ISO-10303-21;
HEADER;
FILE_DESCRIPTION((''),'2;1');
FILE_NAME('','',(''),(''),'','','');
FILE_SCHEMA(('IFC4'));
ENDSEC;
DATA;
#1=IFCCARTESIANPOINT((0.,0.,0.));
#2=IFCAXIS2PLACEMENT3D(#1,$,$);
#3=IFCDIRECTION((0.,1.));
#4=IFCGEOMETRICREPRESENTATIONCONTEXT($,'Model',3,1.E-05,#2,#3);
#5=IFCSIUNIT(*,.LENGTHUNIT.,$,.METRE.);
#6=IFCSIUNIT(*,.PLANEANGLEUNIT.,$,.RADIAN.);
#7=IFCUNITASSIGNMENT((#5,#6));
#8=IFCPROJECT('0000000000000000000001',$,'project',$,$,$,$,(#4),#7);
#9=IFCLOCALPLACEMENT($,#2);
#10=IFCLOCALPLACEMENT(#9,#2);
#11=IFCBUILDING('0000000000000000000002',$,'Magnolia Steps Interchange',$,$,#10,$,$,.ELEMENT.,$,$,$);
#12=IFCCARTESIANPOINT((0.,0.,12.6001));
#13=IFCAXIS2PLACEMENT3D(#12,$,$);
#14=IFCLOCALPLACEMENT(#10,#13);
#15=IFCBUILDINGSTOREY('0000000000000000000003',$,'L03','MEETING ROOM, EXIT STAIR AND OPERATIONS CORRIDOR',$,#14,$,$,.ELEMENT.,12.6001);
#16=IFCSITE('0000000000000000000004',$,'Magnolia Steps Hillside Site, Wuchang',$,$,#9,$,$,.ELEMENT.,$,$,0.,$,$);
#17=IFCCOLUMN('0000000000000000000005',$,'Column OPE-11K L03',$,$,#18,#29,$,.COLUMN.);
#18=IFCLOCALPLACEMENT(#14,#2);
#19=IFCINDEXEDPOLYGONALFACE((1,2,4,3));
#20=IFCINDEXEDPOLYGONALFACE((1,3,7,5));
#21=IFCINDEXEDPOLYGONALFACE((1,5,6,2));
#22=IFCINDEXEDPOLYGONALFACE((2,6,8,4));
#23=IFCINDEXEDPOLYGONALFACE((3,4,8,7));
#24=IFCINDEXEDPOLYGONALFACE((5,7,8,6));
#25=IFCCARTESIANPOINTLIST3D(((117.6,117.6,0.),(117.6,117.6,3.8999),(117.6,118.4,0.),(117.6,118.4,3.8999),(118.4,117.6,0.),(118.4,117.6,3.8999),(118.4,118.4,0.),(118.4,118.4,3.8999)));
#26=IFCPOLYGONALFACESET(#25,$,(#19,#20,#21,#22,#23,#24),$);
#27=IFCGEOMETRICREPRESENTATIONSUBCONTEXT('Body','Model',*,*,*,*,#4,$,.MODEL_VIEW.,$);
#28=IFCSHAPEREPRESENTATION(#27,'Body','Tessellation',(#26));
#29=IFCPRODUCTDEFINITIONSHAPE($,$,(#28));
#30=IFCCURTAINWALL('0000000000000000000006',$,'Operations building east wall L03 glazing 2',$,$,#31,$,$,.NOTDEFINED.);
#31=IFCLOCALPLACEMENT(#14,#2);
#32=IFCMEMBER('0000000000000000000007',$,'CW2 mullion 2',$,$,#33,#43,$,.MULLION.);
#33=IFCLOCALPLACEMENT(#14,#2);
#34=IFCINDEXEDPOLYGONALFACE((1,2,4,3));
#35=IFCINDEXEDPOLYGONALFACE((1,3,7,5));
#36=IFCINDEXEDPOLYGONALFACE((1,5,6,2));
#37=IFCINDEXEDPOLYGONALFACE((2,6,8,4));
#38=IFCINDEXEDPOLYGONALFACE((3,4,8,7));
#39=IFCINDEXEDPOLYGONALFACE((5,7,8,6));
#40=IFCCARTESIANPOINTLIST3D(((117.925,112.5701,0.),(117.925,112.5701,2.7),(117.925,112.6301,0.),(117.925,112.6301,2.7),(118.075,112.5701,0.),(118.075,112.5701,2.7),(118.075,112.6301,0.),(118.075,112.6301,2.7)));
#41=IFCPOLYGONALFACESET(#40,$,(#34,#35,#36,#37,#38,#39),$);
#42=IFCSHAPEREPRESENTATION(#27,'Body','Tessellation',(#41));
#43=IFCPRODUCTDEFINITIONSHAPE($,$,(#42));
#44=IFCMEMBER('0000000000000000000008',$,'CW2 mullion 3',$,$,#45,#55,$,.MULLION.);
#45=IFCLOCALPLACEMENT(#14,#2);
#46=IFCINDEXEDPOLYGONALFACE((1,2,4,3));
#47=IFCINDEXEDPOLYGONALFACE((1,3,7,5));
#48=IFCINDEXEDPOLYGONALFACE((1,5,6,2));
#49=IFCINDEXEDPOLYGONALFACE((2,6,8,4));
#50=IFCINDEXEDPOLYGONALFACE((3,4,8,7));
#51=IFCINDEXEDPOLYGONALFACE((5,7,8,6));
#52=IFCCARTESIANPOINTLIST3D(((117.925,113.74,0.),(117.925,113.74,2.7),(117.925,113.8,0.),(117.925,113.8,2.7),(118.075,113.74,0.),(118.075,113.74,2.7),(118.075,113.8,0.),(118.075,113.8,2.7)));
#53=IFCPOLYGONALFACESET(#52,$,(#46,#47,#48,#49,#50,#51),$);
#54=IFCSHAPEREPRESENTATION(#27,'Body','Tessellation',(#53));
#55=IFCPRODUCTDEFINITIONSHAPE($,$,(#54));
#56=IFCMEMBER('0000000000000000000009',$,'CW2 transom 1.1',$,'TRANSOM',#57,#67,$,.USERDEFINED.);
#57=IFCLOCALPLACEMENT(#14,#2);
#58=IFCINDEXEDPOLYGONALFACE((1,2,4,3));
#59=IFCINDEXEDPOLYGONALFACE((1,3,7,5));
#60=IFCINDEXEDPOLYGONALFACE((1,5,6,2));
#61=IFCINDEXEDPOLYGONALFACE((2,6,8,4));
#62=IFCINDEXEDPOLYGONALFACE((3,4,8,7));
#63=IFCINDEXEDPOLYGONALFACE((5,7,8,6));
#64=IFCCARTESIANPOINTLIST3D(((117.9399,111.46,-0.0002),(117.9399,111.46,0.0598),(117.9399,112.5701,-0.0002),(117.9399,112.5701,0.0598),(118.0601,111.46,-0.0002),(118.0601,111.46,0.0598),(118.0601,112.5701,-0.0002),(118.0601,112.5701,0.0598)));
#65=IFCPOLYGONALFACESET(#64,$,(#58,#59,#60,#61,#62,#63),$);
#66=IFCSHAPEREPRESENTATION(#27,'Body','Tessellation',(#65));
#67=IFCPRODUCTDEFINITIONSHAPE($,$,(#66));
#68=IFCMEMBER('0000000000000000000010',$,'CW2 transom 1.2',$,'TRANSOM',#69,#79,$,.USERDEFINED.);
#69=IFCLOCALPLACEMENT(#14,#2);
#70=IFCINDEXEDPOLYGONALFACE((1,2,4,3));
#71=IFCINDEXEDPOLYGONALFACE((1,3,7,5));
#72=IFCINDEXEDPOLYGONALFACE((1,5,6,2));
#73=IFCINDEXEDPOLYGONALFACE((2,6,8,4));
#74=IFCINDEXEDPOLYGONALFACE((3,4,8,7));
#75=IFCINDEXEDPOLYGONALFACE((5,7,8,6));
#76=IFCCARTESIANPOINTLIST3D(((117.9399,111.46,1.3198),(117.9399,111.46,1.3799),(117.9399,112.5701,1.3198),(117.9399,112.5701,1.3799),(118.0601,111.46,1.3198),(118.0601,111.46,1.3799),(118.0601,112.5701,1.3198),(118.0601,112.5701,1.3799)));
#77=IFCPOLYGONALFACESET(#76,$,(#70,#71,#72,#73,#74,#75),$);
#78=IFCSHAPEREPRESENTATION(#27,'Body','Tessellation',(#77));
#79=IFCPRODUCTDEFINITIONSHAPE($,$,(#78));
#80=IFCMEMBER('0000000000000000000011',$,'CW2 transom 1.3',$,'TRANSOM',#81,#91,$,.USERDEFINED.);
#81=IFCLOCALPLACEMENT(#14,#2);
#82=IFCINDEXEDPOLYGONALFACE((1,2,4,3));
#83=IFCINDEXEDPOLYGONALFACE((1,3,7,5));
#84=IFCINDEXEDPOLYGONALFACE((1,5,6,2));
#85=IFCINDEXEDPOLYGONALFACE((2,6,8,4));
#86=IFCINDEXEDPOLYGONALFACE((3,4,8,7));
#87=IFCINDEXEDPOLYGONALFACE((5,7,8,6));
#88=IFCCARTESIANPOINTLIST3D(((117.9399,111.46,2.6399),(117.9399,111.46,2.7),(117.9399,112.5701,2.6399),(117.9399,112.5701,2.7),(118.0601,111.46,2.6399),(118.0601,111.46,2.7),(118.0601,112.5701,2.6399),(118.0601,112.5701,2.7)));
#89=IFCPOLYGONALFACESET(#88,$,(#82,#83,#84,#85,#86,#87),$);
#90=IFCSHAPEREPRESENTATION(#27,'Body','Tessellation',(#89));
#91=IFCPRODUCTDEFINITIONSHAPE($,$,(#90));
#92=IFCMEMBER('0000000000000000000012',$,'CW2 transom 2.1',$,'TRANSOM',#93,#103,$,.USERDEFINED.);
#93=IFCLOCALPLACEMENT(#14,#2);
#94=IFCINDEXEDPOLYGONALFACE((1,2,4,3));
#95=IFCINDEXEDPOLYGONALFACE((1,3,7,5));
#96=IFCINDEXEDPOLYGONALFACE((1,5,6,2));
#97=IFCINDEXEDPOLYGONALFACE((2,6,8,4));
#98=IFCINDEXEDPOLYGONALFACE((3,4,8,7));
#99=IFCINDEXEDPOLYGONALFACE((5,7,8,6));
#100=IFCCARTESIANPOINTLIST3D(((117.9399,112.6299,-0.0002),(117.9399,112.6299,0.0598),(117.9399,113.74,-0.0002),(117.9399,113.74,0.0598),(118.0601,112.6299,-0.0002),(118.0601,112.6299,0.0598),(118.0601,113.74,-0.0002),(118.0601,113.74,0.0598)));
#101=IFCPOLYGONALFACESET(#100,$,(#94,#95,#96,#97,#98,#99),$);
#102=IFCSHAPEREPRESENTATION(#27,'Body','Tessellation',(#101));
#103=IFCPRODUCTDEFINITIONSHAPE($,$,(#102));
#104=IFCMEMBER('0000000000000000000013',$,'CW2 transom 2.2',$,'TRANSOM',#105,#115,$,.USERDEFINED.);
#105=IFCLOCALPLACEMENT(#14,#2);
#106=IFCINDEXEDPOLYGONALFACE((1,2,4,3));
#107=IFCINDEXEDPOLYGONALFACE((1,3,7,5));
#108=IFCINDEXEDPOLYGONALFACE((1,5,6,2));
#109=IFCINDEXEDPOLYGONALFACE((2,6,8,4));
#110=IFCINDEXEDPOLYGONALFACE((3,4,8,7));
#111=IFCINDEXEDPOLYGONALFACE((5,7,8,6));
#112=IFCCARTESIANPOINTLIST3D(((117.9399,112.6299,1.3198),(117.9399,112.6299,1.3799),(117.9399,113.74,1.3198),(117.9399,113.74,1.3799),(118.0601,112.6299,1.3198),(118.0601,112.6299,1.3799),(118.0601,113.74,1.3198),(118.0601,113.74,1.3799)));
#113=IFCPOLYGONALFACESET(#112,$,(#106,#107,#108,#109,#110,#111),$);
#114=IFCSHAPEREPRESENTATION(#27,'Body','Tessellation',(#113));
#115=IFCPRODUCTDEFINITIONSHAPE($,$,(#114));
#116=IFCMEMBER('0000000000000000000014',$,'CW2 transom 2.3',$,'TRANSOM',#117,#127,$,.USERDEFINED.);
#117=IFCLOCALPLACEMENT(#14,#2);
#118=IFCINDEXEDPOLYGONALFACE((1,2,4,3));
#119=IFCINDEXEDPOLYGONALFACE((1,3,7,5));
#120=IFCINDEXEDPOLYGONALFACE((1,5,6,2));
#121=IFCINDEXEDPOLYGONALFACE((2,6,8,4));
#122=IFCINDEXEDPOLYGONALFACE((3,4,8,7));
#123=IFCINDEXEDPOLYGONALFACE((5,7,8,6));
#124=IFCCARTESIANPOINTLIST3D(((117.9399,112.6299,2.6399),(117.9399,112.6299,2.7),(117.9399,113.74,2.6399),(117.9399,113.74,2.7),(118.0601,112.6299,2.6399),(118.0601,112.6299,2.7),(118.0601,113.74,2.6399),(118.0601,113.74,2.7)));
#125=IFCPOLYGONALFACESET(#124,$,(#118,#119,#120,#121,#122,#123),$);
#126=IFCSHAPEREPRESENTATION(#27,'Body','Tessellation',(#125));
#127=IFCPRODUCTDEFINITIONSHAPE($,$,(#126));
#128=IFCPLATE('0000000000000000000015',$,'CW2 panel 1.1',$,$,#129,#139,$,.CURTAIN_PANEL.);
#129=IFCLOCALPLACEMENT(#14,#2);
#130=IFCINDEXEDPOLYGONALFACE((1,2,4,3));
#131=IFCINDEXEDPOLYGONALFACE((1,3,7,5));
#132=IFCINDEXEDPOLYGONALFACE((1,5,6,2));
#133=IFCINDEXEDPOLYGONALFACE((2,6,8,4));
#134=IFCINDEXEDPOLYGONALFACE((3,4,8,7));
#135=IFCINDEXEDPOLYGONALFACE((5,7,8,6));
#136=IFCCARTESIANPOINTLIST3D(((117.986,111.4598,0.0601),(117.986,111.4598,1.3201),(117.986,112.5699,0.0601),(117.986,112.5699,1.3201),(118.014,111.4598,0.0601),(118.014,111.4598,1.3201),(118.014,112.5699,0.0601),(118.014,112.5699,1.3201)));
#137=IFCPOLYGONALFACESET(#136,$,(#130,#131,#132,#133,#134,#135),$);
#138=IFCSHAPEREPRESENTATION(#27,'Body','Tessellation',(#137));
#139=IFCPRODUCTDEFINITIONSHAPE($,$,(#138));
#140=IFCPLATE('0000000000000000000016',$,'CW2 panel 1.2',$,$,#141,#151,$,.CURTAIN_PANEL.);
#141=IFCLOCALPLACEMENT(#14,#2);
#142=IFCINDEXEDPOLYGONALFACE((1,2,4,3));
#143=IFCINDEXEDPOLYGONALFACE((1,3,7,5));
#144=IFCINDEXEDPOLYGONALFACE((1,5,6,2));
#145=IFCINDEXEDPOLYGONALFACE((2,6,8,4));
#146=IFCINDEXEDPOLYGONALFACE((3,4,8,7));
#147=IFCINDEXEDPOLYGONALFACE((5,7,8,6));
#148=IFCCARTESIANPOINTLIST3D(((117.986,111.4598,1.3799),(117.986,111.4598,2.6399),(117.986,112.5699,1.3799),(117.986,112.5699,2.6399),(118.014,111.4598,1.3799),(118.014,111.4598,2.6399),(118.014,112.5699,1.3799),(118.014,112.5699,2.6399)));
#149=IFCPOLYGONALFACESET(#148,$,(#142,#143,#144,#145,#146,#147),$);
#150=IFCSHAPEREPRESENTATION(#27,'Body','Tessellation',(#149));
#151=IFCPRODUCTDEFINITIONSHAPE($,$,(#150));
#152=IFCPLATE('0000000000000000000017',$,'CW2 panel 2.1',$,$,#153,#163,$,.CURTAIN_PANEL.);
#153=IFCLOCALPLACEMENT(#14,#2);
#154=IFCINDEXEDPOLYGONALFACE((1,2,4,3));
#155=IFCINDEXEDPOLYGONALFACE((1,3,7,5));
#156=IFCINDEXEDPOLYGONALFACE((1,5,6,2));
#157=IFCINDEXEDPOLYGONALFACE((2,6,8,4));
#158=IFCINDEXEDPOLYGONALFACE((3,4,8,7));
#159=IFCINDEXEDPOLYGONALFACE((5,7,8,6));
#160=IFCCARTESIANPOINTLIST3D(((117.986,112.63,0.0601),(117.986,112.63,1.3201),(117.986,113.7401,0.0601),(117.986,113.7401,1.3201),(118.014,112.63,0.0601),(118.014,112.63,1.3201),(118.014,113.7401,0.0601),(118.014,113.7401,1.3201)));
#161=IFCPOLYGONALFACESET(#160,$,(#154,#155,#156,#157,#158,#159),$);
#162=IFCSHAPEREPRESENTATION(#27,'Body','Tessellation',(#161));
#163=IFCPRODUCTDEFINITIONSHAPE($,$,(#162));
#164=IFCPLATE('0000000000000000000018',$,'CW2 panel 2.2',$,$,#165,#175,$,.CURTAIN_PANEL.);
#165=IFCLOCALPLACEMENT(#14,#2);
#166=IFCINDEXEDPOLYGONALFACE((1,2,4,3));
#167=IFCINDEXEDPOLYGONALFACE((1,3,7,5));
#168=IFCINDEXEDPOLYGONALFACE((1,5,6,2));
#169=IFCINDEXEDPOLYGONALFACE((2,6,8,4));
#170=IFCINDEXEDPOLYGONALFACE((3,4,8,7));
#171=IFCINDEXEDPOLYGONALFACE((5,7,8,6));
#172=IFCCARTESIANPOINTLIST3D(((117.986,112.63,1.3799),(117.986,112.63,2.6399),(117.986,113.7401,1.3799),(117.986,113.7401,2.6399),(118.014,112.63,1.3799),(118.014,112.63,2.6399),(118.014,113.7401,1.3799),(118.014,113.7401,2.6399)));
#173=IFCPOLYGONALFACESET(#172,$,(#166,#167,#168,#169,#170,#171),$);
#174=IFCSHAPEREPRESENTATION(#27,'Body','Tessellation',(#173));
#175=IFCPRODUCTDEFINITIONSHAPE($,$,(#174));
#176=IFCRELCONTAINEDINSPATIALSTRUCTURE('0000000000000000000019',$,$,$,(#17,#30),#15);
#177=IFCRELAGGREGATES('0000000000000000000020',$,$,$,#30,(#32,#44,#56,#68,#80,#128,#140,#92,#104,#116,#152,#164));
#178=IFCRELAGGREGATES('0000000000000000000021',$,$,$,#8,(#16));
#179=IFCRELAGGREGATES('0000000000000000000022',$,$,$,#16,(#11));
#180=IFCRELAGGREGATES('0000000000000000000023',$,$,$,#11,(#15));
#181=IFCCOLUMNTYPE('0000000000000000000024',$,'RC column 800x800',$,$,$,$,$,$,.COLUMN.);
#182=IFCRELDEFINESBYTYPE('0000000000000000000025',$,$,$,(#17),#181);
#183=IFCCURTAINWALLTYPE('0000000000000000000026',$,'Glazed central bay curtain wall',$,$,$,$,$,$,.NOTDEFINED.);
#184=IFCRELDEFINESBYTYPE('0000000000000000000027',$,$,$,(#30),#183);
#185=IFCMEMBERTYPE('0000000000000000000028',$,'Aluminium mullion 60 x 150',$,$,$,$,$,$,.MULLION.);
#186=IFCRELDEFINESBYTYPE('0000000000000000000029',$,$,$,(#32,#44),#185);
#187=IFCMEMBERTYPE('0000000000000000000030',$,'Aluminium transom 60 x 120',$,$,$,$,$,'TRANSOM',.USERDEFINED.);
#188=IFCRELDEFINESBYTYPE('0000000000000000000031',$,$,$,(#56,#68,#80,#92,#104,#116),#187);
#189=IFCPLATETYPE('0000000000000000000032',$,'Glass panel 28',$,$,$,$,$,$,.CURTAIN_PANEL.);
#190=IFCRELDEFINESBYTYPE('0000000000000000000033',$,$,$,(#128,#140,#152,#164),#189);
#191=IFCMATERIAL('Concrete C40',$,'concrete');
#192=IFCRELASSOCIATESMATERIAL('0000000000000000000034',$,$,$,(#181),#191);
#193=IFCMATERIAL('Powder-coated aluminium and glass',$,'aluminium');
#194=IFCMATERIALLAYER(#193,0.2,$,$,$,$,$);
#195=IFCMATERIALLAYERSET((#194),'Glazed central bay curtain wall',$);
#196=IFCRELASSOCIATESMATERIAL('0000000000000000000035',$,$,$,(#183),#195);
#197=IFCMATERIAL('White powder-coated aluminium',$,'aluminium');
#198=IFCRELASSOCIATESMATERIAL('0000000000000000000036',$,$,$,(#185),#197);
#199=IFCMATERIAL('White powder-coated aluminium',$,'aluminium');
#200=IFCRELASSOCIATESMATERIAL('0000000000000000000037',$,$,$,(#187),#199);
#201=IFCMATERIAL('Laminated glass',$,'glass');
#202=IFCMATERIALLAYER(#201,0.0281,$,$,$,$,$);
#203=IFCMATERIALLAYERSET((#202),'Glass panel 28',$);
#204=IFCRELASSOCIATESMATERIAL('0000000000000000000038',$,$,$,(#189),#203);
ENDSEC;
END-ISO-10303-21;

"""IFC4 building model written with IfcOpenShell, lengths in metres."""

from ifc_helpers import new_model, si_unit, direction, frame, origin, origin_2d, place, context, subcontext, project, spatial, rectangle, extrude, material, layer, layer_set, material_profile, profile_set, type_object, element, aggregate, save


model = new_model("IFC4")

# Units and contexts
model_context = context("Model", 3, precision=1e-05, world=origin(), true_north=direction((0.0, 1.0)))
body_context = subcontext(model_context, "Body", "Model", "MODEL_VIEW")
ifc_project = project(units=[si_unit("LENGTHUNIT", "METRE"), si_unit("PLANEANGLEUNIT", "RADIAN")], contexts=[model_context])

# Site, building, storey
site_placement = place(None, origin())
site = spatial("IfcSite", under=ifc_project, at=site_placement, Name="Magnolia Steps Hillside Site, Wuchang", CompositionType="ELEMENT", RefElevation=0.0)
building_placement = place(site_placement, origin())
building = spatial("IfcBuilding", under=site, at=building_placement, Name="Magnolia Steps Interchange", CompositionType="ELEMENT")
storey_placement = place(building_placement, frame((0.0, 0.0, 12.6001)))
storey = spatial("IfcBuildingStorey", under=building, at=storey_placement, Name="L03", Description="MEETING ROOM, EXIT STAIR AND OPERATIONS CORRIDOR", CompositionType="ELEMENT", Elevation=12.6001)

# Column
ifc_material_1 = material(Name="Concrete C40", Category="concrete")
ifc_material_profile_1 = material_profile(ifc_material_1, rectangle(XDim=0.8, YDim=0.8, at=origin_2d()), Name="RC800x800")
ifc_profile_set_1 = profile_set([ifc_material_profile_1], Name="Concrete C40")
column_type = type_object("IfcColumnType", Name="RC column 800x800", PredefinedType="COLUMN", material=ifc_profile_set_1)
column_placement = place(storey_placement, frame((118.0, 118.0, 0.0), z_axis=(0.0, 0.0, 1.0), x_axis=(1.0, 0.0, 0.0)))
element("IfcColumn", 1, at=column_placement, inside=storey, type_object=column_type, Name="Column OPE-11K L03", PredefinedType="COLUMN", context=body_context, shape_type="SweptSolid", body=[
    extrude(rectangle(XDim=0.8, YDim=0.8, at=origin_2d()), origin(), (0.0, 0.0, 1.0), 3.8999),
])

# Curtain wall, members, plates
ifc_material_2 = material(Name="Powder-coated aluminium and glass", Category="aluminium")
ifc_layer_1 = layer(ifc_material_2, 0.2)
ifc_layer_set_1 = layer_set([ifc_layer_1], Name="Glazed central bay curtain wall")
curtain_wall_type = type_object("IfcCurtainWallType", Name="Glazed central bay curtain wall", PredefinedType="NOTDEFINED", material=ifc_layer_set_1)
curtain_wall_placement = place(storey_placement, origin())
curtain_wall = element("IfcCurtainWall", 2, at=curtain_wall_placement, inside=storey, type_object=curtain_wall_type, Name="Operations building east wall L03 glazing 2", PredefinedType="NOTDEFINED")
ifc_material_3 = material(Name="White powder-coated aluminium", Category="aluminium")
ifc_material_profile_2 = material_profile(ifc_material_3, rectangle(XDim=0.0601, YDim=0.1499, at=origin_2d()), Name="Aluminium mullion 60 x 150")
ifc_profile_set_2 = profile_set([ifc_material_profile_2], Name="White powder-coated aluminium")
member_type_1 = type_object("IfcMemberType", Name="Aluminium mullion 60 x 150", PredefinedType="MULLION", material=ifc_profile_set_2)
member_1_placement = place(storey_placement, frame((118.0, 112.6001, 0.0), z_axis=(0.0, 0.0, 1.0), x_axis=(0.0, 1.0, 0.0)))
member_1 = element("IfcMember", 3, at=member_1_placement, type_object=member_type_1, Name="CW2 mullion 2", PredefinedType="MULLION", context=body_context, shape_type="SweptSolid", body=[
    extrude(rectangle(XDim=0.0601, YDim=0.1499, at=origin_2d()), origin(), (0.0, 0.0, 1.0), 2.7),
])
member_2_placement = place(storey_placement, frame((118.0, 113.77, 0.0), z_axis=(0.0, 0.0, 1.0), x_axis=(0.0, 1.0, 0.0)))
member_2 = element("IfcMember", 4, at=member_2_placement, type_object=member_type_1, Name="CW2 mullion 3", PredefinedType="MULLION", context=body_context, shape_type="SweptSolid", body=[
    extrude(rectangle(XDim=0.0601, YDim=0.1499, at=origin_2d()), origin(), (0.0, 0.0, 1.0), 2.7),
])
ifc_material_4 = material(Name="White powder-coated aluminium", Category="aluminium")
ifc_material_profile_3 = material_profile(ifc_material_4, rectangle(XDim=0.0601, YDim=0.1201, at=origin_2d()), Name="Aluminium transom 60 x 120")
ifc_profile_set_3 = profile_set([ifc_material_profile_3], Name="White powder-coated aluminium")
member_type_2 = type_object("IfcMemberType", Name="Aluminium transom 60 x 120", ElementType="TRANSOM", PredefinedType="USERDEFINED", material=ifc_profile_set_3)
member_3_placement = place(storey_placement, frame((118.0, 111.46, 0.0298), z_axis=(0.0, 1.0, 0.0), x_axis=(0.0, 0.0, 1.0)))
member_3 = element("IfcMember", 5, at=member_3_placement, type_object=member_type_2, Name="CW2 transom 1.1", ObjectType="TRANSOM", PredefinedType="USERDEFINED", context=body_context, shape_type="SweptSolid", body=[
    extrude(rectangle(XDim=0.0601, YDim=0.1201, at=origin_2d()), origin(), (0.0, 0.0, 1.0), 1.1101),
])
member_4_placement = place(storey_placement, frame((118.0, 111.46, 1.3499), z_axis=(0.0, 1.0, 0.0), x_axis=(0.0, 0.0, 1.0)))
member_4 = element("IfcMember", 6, at=member_4_placement, type_object=member_type_2, Name="CW2 transom 1.2", ObjectType="TRANSOM", PredefinedType="USERDEFINED", context=body_context, shape_type="SweptSolid", body=[
    extrude(rectangle(XDim=0.0601, YDim=0.1201, at=origin_2d()), origin(), (0.0, 0.0, 1.0), 1.1101),
])
member_5_placement = place(storey_placement, frame((118.0, 111.46, 2.6699), z_axis=(0.0, 1.0, 0.0), x_axis=(0.0, 0.0, 1.0)))
member_5 = element("IfcMember", 7, at=member_5_placement, type_object=member_type_2, Name="CW2 transom 1.3", ObjectType="TRANSOM", PredefinedType="USERDEFINED", context=body_context, shape_type="SweptSolid", body=[
    extrude(rectangle(XDim=0.0601, YDim=0.1201, at=origin_2d()), origin(), (0.0, 0.0, 1.0), 1.1101),
])
member_6_placement = place(storey_placement, frame((118.0, 112.6299, 0.0298), z_axis=(0.0, 1.0, 0.0), x_axis=(0.0, 0.0, 1.0)))
member_6 = element("IfcMember", 8, at=member_6_placement, type_object=member_type_2, Name="CW2 transom 2.1", ObjectType="TRANSOM", PredefinedType="USERDEFINED", context=body_context, shape_type="SweptSolid", body=[
    extrude(rectangle(XDim=0.0601, YDim=0.1201, at=origin_2d()), origin(), (0.0, 0.0, 1.0), 1.1101),
])
member_7_placement = place(storey_placement, frame((118.0, 112.6299, 1.3499), z_axis=(0.0, 1.0, 0.0), x_axis=(0.0, 0.0, 1.0)))
member_7 = element("IfcMember", 9, at=member_7_placement, type_object=member_type_2, Name="CW2 transom 2.2", ObjectType="TRANSOM", PredefinedType="USERDEFINED", context=body_context, shape_type="SweptSolid", body=[
    extrude(rectangle(XDim=0.0601, YDim=0.1201, at=origin_2d()), origin(), (0.0, 0.0, 1.0), 1.1101),
])
member_8_placement = place(storey_placement, frame((118.0, 112.6299, 2.6699), z_axis=(0.0, 1.0, 0.0), x_axis=(0.0, 0.0, 1.0)))
member_8 = element("IfcMember", 10, at=member_8_placement, type_object=member_type_2, Name="CW2 transom 2.3", ObjectType="TRANSOM", PredefinedType="USERDEFINED", context=body_context, shape_type="SweptSolid", body=[
    extrude(rectangle(XDim=0.0601, YDim=0.1201, at=origin_2d()), origin(), (0.0, 0.0, 1.0), 1.1101),
])
ifc_material_5 = material(Name="Laminated glass", Category="glass")
ifc_layer_2 = layer(ifc_material_5, 0.0281)
ifc_layer_set_2 = layer_set([ifc_layer_2], Name="Glass panel 28")
plate_type = type_object("IfcPlateType", Name="Glass panel 28", PredefinedType="CURTAIN_PANEL", material=ifc_layer_set_2)
plate_1_placement = place(storey_placement, frame((118.0, 112.0149, 0.0601), z_axis=(0.0, 0.0, 1.0), x_axis=(0.0, 1.0, 0.0)))
plate_1 = element("IfcPlate", 11, at=plate_1_placement, type_object=plate_type, Name="CW2 panel 1.1", PredefinedType="CURTAIN_PANEL", context=body_context, shape_type="SweptSolid", body=[
    extrude(rectangle(XDim=1.1101, YDim=0.0281, at=origin_2d()), origin(), (0.0, 0.0, 1.0), 1.26),
])
plate_2_placement = place(storey_placement, frame((118.0, 112.0149, 1.3799), z_axis=(0.0, 0.0, 1.0), x_axis=(0.0, 1.0, 0.0)))
plate_2 = element("IfcPlate", 12, at=plate_2_placement, type_object=plate_type, Name="CW2 panel 1.2", PredefinedType="CURTAIN_PANEL", context=body_context, shape_type="SweptSolid", body=[
    extrude(rectangle(XDim=1.1101, YDim=0.0281, at=origin_2d()), origin(), (0.0, 0.0, 1.0), 1.26),
])
plate_3_placement = place(storey_placement, frame((118.0, 113.1851, 0.0601), z_axis=(0.0, 0.0, 1.0), x_axis=(0.0, 1.0, 0.0)))
plate_3 = element("IfcPlate", 13, at=plate_3_placement, type_object=plate_type, Name="CW2 panel 2.1", PredefinedType="CURTAIN_PANEL", context=body_context, shape_type="SweptSolid", body=[
    extrude(rectangle(XDim=1.1101, YDim=0.0281, at=origin_2d()), origin(), (0.0, 0.0, 1.0), 1.26),
])
plate_4_placement = place(storey_placement, frame((118.0, 113.1851, 1.3799), z_axis=(0.0, 0.0, 1.0), x_axis=(0.0, 1.0, 0.0)))
plate_4 = element("IfcPlate", 14, at=plate_4_placement, type_object=plate_type, Name="CW2 panel 2.2", PredefinedType="CURTAIN_PANEL", context=body_context, shape_type="SweptSolid", body=[
    extrude(rectangle(XDim=1.1101, YDim=0.0281, at=origin_2d()), origin(), (0.0, 0.0, 1.0), 1.26),
])
aggregate(curtain_wall, [member_1, member_2, member_3, member_4, member_5, plate_1, plate_2, member_6, member_7, member_8, plate_3, plate_4])

save(model, "model.ifc")
